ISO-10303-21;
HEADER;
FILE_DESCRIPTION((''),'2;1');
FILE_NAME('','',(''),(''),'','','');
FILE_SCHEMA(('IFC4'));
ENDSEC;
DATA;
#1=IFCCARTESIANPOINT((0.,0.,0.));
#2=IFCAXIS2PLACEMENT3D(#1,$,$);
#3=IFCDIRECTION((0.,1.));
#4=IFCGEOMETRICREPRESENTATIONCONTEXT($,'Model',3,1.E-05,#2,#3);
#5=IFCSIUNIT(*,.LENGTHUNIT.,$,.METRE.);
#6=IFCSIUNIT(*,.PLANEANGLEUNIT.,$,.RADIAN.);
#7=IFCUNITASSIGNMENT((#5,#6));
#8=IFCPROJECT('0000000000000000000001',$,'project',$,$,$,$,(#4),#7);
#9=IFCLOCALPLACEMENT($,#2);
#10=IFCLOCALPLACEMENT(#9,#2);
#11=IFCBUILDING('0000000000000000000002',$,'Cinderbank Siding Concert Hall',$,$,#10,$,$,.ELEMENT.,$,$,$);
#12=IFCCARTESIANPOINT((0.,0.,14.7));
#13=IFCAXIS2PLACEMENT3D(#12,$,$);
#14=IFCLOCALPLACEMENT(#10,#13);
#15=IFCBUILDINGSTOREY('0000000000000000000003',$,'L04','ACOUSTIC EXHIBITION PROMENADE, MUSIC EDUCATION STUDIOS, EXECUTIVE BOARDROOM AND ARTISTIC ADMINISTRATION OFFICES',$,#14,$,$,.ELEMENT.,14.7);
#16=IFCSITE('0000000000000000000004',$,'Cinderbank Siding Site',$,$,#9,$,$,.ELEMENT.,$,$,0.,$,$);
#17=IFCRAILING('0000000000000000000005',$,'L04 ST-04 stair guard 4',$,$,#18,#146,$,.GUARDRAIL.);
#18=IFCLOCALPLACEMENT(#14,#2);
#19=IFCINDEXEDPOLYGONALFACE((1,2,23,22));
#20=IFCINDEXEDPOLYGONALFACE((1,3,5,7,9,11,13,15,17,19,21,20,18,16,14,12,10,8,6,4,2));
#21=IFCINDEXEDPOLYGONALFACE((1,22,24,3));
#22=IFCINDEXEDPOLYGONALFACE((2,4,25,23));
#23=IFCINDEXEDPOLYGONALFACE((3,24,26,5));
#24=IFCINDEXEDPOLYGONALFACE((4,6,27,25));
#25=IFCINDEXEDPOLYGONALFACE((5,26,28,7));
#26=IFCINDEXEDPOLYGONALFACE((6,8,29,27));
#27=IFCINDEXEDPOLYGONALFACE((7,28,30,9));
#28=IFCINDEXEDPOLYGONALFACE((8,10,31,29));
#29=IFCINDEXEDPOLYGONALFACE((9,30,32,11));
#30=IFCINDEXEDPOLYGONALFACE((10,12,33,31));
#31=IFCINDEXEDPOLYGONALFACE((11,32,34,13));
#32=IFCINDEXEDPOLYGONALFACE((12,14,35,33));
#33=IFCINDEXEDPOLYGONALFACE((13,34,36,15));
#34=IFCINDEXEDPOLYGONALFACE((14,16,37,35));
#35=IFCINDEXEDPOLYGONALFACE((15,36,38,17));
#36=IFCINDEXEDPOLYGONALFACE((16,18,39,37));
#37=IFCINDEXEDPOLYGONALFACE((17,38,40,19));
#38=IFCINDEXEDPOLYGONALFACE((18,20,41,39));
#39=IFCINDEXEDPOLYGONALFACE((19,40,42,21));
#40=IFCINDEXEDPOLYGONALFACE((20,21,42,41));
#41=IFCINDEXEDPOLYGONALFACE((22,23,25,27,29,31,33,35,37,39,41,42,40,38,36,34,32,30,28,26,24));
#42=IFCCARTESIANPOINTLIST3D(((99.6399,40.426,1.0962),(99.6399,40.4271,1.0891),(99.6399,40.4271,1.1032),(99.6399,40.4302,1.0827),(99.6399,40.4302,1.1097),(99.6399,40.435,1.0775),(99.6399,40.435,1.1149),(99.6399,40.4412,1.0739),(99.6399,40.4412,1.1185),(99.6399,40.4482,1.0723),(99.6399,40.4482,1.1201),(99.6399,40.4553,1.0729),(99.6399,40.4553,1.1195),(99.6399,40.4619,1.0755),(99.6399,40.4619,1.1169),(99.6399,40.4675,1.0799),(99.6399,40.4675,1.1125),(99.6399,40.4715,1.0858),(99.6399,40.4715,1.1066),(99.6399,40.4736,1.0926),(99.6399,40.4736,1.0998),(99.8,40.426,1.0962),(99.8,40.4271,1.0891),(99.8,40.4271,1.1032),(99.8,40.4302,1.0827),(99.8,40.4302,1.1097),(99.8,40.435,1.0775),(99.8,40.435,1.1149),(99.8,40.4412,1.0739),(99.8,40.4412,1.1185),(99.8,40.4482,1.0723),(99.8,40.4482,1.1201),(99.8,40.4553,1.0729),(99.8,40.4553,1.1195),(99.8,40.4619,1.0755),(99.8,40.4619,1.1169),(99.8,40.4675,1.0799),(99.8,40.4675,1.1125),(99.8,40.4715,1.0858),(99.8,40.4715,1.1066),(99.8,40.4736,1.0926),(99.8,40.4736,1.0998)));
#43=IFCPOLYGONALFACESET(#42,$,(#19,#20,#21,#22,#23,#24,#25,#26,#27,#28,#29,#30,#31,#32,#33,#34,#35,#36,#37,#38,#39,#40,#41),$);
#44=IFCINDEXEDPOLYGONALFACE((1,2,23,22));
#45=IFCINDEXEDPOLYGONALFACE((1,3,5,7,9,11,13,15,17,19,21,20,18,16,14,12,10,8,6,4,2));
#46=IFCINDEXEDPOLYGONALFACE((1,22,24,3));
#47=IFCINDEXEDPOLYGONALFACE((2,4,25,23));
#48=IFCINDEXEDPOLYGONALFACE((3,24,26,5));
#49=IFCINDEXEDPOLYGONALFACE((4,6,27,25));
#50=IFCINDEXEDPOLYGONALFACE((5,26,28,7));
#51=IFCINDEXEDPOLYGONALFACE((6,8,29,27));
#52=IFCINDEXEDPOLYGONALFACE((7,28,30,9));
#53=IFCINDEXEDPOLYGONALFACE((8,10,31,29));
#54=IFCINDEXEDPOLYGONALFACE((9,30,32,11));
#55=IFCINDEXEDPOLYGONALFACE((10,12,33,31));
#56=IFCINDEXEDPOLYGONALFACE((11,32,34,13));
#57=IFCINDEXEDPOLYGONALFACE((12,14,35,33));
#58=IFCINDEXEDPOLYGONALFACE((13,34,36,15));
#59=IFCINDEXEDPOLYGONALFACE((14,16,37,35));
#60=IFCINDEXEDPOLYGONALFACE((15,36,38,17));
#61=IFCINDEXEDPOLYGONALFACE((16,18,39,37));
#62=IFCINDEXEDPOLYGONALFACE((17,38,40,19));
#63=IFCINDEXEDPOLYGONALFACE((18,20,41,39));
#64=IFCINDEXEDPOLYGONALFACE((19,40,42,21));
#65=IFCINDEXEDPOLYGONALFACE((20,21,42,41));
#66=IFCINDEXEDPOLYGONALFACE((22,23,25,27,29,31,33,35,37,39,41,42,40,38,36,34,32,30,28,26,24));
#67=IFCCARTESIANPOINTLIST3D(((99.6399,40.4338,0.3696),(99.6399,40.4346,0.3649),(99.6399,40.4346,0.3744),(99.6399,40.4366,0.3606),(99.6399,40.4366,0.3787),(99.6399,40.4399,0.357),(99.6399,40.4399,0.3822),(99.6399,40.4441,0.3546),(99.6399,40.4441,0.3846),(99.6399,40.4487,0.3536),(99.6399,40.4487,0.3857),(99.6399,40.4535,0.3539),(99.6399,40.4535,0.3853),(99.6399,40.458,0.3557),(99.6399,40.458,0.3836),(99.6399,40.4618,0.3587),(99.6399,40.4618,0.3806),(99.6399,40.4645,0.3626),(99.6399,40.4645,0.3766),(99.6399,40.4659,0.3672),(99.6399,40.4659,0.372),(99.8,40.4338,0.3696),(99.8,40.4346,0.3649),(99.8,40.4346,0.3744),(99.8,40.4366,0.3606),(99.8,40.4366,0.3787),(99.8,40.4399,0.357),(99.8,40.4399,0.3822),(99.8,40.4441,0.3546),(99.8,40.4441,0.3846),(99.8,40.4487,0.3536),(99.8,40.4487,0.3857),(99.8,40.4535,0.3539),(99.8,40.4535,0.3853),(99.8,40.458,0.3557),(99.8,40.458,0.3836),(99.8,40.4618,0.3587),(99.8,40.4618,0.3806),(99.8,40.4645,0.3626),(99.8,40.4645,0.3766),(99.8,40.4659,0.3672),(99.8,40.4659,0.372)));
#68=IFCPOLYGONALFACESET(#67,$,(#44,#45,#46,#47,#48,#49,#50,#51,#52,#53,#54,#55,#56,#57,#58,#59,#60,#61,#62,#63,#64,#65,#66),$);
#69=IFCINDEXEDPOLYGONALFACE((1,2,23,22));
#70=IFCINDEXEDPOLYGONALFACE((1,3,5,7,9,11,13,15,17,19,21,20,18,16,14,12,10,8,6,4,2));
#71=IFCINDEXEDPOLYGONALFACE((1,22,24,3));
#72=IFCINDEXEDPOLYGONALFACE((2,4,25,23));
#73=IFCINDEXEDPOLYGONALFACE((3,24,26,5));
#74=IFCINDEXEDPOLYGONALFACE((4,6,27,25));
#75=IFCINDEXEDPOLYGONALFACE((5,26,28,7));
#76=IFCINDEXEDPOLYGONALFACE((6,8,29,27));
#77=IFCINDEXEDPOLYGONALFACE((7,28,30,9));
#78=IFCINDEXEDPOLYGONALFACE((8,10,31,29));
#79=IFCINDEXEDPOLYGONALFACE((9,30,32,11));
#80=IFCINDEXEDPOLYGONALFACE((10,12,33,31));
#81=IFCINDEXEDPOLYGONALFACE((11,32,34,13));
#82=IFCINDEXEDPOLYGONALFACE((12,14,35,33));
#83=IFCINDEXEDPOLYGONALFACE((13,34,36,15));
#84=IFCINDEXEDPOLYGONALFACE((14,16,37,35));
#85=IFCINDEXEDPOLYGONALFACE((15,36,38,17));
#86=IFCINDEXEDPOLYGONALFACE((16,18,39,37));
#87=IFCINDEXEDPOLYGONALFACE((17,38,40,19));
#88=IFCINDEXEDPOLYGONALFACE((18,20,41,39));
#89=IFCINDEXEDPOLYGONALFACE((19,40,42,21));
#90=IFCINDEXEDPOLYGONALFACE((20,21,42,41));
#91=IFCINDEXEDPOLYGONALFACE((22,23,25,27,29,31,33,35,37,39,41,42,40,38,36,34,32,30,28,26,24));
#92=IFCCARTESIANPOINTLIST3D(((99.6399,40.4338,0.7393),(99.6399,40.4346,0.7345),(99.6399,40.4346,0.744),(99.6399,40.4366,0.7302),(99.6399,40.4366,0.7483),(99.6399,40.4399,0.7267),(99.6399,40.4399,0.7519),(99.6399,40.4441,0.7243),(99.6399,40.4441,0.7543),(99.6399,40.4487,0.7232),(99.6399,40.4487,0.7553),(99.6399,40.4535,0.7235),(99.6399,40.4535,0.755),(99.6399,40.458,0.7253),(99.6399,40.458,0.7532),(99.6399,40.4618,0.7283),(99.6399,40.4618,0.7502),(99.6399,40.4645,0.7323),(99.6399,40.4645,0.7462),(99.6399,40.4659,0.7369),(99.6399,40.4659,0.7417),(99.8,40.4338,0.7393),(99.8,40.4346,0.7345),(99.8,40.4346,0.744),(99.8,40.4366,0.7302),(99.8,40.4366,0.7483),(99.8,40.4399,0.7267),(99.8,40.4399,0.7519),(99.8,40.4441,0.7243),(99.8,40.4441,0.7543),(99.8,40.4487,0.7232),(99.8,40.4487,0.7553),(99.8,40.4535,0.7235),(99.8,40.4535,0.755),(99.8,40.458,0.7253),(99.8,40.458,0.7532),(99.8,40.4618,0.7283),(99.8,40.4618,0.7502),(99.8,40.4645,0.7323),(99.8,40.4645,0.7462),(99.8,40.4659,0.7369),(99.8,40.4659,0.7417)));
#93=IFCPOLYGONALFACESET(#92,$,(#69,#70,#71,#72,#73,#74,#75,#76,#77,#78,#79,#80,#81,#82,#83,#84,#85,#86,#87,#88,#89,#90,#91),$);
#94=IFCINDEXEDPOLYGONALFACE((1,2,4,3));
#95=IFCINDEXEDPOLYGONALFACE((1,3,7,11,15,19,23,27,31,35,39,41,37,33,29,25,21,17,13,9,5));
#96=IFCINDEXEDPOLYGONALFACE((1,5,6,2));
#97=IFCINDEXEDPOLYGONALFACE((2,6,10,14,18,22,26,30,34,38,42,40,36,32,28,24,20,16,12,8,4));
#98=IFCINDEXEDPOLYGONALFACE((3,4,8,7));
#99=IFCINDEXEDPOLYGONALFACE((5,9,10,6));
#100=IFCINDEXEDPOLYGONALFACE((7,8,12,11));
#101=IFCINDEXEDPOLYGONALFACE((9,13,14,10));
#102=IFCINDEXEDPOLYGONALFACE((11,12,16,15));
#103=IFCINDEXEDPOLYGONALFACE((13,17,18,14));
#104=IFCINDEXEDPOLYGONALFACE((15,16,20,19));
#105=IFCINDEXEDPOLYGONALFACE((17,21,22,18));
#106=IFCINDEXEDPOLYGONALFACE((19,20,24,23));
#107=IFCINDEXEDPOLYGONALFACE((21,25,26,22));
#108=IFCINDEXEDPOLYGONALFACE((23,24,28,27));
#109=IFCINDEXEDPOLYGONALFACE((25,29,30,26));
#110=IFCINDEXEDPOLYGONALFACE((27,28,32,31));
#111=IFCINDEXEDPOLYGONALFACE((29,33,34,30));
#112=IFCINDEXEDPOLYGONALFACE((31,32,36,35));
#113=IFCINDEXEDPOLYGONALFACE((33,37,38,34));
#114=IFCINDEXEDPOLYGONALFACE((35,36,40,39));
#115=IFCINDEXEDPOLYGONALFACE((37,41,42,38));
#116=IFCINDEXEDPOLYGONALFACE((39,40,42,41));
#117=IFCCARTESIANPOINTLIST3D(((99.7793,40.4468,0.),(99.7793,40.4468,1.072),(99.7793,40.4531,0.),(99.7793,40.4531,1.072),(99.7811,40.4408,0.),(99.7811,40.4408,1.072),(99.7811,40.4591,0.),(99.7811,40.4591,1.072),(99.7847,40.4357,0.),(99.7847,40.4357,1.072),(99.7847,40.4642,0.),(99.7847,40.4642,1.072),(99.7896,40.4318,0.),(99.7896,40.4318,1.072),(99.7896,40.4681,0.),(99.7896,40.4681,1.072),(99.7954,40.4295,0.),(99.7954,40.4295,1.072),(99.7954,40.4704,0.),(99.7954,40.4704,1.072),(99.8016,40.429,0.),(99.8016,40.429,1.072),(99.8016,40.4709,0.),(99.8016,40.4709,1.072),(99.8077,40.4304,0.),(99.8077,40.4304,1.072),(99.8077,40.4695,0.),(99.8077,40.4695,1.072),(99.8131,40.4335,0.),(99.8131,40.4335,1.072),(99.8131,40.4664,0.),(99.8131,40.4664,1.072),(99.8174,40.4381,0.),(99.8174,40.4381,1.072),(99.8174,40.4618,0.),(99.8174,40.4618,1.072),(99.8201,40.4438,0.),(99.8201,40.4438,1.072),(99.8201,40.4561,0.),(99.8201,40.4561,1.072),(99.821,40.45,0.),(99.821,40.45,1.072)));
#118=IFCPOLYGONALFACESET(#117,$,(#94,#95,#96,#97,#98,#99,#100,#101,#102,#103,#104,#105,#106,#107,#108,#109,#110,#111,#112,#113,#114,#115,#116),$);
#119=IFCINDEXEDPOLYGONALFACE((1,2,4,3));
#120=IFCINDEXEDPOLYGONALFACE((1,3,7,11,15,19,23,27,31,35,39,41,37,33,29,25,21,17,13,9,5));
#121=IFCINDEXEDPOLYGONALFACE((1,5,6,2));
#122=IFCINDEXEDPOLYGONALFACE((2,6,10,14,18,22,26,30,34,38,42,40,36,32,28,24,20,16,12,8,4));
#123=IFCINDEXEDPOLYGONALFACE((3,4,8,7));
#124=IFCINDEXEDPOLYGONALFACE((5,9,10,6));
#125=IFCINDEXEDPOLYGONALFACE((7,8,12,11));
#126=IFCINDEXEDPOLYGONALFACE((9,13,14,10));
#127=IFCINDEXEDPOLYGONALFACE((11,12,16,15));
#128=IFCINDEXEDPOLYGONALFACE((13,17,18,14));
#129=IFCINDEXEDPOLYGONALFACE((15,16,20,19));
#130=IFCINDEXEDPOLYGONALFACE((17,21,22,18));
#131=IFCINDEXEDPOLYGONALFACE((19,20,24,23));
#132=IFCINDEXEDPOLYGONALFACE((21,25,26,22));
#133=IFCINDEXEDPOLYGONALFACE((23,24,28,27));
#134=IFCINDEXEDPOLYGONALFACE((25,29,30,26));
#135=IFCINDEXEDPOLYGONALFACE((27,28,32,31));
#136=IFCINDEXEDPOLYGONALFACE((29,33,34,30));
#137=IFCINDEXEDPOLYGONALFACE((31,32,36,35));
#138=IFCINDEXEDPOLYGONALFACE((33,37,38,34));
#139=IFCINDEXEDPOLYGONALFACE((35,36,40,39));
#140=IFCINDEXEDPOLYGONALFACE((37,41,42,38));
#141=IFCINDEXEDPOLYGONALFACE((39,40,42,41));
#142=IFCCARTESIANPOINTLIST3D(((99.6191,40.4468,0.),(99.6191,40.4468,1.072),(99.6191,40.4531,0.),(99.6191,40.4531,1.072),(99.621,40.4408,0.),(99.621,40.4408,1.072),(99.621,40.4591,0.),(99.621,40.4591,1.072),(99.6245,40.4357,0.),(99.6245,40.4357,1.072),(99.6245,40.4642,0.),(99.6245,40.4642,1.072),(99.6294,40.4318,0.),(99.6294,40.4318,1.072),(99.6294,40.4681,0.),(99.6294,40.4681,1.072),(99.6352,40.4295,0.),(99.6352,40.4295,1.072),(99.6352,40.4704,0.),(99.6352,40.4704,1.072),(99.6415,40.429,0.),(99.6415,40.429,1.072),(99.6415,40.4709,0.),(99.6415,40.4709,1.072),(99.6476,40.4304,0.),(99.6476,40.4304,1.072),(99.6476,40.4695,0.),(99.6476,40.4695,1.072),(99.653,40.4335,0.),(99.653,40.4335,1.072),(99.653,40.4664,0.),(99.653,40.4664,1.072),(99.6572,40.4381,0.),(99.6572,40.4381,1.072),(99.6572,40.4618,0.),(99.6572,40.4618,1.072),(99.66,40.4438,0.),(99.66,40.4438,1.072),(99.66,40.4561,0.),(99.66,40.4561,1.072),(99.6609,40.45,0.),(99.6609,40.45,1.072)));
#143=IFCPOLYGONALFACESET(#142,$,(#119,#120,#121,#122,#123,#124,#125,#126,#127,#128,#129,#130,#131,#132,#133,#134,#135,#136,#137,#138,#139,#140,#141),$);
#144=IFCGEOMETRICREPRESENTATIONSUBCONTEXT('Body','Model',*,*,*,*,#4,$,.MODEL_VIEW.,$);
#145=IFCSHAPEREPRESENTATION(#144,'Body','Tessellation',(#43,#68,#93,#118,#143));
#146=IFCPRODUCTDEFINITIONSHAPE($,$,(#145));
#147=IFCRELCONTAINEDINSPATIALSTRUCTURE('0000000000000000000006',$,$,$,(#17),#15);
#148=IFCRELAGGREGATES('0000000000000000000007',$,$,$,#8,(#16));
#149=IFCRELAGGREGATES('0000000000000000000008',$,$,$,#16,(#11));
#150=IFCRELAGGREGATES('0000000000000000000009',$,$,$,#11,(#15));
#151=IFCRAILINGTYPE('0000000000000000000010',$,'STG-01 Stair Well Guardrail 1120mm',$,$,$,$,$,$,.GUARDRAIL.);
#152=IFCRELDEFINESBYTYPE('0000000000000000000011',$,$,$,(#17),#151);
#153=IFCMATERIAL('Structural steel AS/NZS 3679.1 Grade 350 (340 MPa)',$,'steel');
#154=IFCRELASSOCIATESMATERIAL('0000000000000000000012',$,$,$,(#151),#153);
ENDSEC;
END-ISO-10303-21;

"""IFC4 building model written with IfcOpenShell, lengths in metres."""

from ifc_helpers import new_model, si_unit, direction, frame, origin, origin_2d, place, context, subcontext, project, spatial, circle, extrude, material, type_object, element, save


model = new_model("IFC4")

# Units and contexts
model_context = context("Model", 3, precision=1e-05, world=origin(), true_north=direction((0.0, 1.0)))
body_context = subcontext(model_context, "Body", "Model", "MODEL_VIEW")
ifc_project = project(units=[si_unit("LENGTHUNIT", "METRE"), si_unit("PLANEANGLEUNIT", "RADIAN")], contexts=[model_context])

# Site, building, storey
site_placement = place(None, origin())
site = spatial("IfcSite", under=ifc_project, at=site_placement, Name="Cinderbank Siding Site", CompositionType="ELEMENT", RefElevation=0.0)
building_placement = place(site_placement, origin())
building = spatial("IfcBuilding", under=site, at=building_placement, Name="Cinderbank Siding Concert Hall", CompositionType="ELEMENT")
storey_placement = place(building_placement, frame((0.0, 0.0, 14.7)))
storey = spatial("IfcBuildingStorey", under=building, at=storey_placement, Name="L04", Description="ACOUSTIC EXHIBITION PROMENADE, MUSIC EDUCATION STUDIOS, EXECUTIVE BOARDROOM AND ARTISTIC ADMINISTRATION OFFICES", CompositionType="ELEMENT", Elevation=14.7)

# Shared definitions
ifc_material_1 = material(Name="Structural steel AS/NZS 3679.1 Grade 350 (340 MPa)", Category="steel")

# Railing
railing_type_1 = type_object("IfcRailingType", Name="STG-01 Stair Well Guardrail 1120mm", PredefinedType="GUARDRAIL", material=ifc_material_1)
railing_1_placement = place(storey_placement, frame((99.8, 40.45, 0.0)))
element("IfcRailing", 1, at=railing_1_placement, inside=storey, type_object=railing_type_1, Name="L04 ST-04 stair guard 4", PredefinedType="GUARDRAIL", context=body_context, shape_type="SweptSolid", body=[
    extrude(circle(Radius=0.0239, at=origin_2d()), frame((0.0, 0.0, 1.0962), z_axis=(-1.0, 0.0, 0.0), x_axis=(0.0, -1.0, 0.0)), (0.0, 0.0, 1.0), 0.1602),
    extrude(circle(Radius=0.0161, at=origin_2d()), frame((0.0, 0.0, 0.3696), z_axis=(-1.0, 0.0, 0.0), x_axis=(0.0, -1.0, 0.0)), (0.0, 0.0, 1.0), 0.1602),
    extrude(circle(Radius=0.0161, at=origin_2d()), frame((0.0, 0.0, 0.7393), z_axis=(-1.0, 0.0, 0.0), x_axis=(0.0, -1.0, 0.0)), (0.0, 0.0, 1.0), 0.1602),
    extrude(circle(Radius=0.021, at=origin_2d()), origin(), (0.0, 0.0, 1.0), 1.072),
    extrude(circle(Radius=0.021, at=origin_2d()), frame((-0.1602, 0.0, 0.0)), (0.0, 0.0, 1.0), 1.072),
])

save(model, "model.ifc")
